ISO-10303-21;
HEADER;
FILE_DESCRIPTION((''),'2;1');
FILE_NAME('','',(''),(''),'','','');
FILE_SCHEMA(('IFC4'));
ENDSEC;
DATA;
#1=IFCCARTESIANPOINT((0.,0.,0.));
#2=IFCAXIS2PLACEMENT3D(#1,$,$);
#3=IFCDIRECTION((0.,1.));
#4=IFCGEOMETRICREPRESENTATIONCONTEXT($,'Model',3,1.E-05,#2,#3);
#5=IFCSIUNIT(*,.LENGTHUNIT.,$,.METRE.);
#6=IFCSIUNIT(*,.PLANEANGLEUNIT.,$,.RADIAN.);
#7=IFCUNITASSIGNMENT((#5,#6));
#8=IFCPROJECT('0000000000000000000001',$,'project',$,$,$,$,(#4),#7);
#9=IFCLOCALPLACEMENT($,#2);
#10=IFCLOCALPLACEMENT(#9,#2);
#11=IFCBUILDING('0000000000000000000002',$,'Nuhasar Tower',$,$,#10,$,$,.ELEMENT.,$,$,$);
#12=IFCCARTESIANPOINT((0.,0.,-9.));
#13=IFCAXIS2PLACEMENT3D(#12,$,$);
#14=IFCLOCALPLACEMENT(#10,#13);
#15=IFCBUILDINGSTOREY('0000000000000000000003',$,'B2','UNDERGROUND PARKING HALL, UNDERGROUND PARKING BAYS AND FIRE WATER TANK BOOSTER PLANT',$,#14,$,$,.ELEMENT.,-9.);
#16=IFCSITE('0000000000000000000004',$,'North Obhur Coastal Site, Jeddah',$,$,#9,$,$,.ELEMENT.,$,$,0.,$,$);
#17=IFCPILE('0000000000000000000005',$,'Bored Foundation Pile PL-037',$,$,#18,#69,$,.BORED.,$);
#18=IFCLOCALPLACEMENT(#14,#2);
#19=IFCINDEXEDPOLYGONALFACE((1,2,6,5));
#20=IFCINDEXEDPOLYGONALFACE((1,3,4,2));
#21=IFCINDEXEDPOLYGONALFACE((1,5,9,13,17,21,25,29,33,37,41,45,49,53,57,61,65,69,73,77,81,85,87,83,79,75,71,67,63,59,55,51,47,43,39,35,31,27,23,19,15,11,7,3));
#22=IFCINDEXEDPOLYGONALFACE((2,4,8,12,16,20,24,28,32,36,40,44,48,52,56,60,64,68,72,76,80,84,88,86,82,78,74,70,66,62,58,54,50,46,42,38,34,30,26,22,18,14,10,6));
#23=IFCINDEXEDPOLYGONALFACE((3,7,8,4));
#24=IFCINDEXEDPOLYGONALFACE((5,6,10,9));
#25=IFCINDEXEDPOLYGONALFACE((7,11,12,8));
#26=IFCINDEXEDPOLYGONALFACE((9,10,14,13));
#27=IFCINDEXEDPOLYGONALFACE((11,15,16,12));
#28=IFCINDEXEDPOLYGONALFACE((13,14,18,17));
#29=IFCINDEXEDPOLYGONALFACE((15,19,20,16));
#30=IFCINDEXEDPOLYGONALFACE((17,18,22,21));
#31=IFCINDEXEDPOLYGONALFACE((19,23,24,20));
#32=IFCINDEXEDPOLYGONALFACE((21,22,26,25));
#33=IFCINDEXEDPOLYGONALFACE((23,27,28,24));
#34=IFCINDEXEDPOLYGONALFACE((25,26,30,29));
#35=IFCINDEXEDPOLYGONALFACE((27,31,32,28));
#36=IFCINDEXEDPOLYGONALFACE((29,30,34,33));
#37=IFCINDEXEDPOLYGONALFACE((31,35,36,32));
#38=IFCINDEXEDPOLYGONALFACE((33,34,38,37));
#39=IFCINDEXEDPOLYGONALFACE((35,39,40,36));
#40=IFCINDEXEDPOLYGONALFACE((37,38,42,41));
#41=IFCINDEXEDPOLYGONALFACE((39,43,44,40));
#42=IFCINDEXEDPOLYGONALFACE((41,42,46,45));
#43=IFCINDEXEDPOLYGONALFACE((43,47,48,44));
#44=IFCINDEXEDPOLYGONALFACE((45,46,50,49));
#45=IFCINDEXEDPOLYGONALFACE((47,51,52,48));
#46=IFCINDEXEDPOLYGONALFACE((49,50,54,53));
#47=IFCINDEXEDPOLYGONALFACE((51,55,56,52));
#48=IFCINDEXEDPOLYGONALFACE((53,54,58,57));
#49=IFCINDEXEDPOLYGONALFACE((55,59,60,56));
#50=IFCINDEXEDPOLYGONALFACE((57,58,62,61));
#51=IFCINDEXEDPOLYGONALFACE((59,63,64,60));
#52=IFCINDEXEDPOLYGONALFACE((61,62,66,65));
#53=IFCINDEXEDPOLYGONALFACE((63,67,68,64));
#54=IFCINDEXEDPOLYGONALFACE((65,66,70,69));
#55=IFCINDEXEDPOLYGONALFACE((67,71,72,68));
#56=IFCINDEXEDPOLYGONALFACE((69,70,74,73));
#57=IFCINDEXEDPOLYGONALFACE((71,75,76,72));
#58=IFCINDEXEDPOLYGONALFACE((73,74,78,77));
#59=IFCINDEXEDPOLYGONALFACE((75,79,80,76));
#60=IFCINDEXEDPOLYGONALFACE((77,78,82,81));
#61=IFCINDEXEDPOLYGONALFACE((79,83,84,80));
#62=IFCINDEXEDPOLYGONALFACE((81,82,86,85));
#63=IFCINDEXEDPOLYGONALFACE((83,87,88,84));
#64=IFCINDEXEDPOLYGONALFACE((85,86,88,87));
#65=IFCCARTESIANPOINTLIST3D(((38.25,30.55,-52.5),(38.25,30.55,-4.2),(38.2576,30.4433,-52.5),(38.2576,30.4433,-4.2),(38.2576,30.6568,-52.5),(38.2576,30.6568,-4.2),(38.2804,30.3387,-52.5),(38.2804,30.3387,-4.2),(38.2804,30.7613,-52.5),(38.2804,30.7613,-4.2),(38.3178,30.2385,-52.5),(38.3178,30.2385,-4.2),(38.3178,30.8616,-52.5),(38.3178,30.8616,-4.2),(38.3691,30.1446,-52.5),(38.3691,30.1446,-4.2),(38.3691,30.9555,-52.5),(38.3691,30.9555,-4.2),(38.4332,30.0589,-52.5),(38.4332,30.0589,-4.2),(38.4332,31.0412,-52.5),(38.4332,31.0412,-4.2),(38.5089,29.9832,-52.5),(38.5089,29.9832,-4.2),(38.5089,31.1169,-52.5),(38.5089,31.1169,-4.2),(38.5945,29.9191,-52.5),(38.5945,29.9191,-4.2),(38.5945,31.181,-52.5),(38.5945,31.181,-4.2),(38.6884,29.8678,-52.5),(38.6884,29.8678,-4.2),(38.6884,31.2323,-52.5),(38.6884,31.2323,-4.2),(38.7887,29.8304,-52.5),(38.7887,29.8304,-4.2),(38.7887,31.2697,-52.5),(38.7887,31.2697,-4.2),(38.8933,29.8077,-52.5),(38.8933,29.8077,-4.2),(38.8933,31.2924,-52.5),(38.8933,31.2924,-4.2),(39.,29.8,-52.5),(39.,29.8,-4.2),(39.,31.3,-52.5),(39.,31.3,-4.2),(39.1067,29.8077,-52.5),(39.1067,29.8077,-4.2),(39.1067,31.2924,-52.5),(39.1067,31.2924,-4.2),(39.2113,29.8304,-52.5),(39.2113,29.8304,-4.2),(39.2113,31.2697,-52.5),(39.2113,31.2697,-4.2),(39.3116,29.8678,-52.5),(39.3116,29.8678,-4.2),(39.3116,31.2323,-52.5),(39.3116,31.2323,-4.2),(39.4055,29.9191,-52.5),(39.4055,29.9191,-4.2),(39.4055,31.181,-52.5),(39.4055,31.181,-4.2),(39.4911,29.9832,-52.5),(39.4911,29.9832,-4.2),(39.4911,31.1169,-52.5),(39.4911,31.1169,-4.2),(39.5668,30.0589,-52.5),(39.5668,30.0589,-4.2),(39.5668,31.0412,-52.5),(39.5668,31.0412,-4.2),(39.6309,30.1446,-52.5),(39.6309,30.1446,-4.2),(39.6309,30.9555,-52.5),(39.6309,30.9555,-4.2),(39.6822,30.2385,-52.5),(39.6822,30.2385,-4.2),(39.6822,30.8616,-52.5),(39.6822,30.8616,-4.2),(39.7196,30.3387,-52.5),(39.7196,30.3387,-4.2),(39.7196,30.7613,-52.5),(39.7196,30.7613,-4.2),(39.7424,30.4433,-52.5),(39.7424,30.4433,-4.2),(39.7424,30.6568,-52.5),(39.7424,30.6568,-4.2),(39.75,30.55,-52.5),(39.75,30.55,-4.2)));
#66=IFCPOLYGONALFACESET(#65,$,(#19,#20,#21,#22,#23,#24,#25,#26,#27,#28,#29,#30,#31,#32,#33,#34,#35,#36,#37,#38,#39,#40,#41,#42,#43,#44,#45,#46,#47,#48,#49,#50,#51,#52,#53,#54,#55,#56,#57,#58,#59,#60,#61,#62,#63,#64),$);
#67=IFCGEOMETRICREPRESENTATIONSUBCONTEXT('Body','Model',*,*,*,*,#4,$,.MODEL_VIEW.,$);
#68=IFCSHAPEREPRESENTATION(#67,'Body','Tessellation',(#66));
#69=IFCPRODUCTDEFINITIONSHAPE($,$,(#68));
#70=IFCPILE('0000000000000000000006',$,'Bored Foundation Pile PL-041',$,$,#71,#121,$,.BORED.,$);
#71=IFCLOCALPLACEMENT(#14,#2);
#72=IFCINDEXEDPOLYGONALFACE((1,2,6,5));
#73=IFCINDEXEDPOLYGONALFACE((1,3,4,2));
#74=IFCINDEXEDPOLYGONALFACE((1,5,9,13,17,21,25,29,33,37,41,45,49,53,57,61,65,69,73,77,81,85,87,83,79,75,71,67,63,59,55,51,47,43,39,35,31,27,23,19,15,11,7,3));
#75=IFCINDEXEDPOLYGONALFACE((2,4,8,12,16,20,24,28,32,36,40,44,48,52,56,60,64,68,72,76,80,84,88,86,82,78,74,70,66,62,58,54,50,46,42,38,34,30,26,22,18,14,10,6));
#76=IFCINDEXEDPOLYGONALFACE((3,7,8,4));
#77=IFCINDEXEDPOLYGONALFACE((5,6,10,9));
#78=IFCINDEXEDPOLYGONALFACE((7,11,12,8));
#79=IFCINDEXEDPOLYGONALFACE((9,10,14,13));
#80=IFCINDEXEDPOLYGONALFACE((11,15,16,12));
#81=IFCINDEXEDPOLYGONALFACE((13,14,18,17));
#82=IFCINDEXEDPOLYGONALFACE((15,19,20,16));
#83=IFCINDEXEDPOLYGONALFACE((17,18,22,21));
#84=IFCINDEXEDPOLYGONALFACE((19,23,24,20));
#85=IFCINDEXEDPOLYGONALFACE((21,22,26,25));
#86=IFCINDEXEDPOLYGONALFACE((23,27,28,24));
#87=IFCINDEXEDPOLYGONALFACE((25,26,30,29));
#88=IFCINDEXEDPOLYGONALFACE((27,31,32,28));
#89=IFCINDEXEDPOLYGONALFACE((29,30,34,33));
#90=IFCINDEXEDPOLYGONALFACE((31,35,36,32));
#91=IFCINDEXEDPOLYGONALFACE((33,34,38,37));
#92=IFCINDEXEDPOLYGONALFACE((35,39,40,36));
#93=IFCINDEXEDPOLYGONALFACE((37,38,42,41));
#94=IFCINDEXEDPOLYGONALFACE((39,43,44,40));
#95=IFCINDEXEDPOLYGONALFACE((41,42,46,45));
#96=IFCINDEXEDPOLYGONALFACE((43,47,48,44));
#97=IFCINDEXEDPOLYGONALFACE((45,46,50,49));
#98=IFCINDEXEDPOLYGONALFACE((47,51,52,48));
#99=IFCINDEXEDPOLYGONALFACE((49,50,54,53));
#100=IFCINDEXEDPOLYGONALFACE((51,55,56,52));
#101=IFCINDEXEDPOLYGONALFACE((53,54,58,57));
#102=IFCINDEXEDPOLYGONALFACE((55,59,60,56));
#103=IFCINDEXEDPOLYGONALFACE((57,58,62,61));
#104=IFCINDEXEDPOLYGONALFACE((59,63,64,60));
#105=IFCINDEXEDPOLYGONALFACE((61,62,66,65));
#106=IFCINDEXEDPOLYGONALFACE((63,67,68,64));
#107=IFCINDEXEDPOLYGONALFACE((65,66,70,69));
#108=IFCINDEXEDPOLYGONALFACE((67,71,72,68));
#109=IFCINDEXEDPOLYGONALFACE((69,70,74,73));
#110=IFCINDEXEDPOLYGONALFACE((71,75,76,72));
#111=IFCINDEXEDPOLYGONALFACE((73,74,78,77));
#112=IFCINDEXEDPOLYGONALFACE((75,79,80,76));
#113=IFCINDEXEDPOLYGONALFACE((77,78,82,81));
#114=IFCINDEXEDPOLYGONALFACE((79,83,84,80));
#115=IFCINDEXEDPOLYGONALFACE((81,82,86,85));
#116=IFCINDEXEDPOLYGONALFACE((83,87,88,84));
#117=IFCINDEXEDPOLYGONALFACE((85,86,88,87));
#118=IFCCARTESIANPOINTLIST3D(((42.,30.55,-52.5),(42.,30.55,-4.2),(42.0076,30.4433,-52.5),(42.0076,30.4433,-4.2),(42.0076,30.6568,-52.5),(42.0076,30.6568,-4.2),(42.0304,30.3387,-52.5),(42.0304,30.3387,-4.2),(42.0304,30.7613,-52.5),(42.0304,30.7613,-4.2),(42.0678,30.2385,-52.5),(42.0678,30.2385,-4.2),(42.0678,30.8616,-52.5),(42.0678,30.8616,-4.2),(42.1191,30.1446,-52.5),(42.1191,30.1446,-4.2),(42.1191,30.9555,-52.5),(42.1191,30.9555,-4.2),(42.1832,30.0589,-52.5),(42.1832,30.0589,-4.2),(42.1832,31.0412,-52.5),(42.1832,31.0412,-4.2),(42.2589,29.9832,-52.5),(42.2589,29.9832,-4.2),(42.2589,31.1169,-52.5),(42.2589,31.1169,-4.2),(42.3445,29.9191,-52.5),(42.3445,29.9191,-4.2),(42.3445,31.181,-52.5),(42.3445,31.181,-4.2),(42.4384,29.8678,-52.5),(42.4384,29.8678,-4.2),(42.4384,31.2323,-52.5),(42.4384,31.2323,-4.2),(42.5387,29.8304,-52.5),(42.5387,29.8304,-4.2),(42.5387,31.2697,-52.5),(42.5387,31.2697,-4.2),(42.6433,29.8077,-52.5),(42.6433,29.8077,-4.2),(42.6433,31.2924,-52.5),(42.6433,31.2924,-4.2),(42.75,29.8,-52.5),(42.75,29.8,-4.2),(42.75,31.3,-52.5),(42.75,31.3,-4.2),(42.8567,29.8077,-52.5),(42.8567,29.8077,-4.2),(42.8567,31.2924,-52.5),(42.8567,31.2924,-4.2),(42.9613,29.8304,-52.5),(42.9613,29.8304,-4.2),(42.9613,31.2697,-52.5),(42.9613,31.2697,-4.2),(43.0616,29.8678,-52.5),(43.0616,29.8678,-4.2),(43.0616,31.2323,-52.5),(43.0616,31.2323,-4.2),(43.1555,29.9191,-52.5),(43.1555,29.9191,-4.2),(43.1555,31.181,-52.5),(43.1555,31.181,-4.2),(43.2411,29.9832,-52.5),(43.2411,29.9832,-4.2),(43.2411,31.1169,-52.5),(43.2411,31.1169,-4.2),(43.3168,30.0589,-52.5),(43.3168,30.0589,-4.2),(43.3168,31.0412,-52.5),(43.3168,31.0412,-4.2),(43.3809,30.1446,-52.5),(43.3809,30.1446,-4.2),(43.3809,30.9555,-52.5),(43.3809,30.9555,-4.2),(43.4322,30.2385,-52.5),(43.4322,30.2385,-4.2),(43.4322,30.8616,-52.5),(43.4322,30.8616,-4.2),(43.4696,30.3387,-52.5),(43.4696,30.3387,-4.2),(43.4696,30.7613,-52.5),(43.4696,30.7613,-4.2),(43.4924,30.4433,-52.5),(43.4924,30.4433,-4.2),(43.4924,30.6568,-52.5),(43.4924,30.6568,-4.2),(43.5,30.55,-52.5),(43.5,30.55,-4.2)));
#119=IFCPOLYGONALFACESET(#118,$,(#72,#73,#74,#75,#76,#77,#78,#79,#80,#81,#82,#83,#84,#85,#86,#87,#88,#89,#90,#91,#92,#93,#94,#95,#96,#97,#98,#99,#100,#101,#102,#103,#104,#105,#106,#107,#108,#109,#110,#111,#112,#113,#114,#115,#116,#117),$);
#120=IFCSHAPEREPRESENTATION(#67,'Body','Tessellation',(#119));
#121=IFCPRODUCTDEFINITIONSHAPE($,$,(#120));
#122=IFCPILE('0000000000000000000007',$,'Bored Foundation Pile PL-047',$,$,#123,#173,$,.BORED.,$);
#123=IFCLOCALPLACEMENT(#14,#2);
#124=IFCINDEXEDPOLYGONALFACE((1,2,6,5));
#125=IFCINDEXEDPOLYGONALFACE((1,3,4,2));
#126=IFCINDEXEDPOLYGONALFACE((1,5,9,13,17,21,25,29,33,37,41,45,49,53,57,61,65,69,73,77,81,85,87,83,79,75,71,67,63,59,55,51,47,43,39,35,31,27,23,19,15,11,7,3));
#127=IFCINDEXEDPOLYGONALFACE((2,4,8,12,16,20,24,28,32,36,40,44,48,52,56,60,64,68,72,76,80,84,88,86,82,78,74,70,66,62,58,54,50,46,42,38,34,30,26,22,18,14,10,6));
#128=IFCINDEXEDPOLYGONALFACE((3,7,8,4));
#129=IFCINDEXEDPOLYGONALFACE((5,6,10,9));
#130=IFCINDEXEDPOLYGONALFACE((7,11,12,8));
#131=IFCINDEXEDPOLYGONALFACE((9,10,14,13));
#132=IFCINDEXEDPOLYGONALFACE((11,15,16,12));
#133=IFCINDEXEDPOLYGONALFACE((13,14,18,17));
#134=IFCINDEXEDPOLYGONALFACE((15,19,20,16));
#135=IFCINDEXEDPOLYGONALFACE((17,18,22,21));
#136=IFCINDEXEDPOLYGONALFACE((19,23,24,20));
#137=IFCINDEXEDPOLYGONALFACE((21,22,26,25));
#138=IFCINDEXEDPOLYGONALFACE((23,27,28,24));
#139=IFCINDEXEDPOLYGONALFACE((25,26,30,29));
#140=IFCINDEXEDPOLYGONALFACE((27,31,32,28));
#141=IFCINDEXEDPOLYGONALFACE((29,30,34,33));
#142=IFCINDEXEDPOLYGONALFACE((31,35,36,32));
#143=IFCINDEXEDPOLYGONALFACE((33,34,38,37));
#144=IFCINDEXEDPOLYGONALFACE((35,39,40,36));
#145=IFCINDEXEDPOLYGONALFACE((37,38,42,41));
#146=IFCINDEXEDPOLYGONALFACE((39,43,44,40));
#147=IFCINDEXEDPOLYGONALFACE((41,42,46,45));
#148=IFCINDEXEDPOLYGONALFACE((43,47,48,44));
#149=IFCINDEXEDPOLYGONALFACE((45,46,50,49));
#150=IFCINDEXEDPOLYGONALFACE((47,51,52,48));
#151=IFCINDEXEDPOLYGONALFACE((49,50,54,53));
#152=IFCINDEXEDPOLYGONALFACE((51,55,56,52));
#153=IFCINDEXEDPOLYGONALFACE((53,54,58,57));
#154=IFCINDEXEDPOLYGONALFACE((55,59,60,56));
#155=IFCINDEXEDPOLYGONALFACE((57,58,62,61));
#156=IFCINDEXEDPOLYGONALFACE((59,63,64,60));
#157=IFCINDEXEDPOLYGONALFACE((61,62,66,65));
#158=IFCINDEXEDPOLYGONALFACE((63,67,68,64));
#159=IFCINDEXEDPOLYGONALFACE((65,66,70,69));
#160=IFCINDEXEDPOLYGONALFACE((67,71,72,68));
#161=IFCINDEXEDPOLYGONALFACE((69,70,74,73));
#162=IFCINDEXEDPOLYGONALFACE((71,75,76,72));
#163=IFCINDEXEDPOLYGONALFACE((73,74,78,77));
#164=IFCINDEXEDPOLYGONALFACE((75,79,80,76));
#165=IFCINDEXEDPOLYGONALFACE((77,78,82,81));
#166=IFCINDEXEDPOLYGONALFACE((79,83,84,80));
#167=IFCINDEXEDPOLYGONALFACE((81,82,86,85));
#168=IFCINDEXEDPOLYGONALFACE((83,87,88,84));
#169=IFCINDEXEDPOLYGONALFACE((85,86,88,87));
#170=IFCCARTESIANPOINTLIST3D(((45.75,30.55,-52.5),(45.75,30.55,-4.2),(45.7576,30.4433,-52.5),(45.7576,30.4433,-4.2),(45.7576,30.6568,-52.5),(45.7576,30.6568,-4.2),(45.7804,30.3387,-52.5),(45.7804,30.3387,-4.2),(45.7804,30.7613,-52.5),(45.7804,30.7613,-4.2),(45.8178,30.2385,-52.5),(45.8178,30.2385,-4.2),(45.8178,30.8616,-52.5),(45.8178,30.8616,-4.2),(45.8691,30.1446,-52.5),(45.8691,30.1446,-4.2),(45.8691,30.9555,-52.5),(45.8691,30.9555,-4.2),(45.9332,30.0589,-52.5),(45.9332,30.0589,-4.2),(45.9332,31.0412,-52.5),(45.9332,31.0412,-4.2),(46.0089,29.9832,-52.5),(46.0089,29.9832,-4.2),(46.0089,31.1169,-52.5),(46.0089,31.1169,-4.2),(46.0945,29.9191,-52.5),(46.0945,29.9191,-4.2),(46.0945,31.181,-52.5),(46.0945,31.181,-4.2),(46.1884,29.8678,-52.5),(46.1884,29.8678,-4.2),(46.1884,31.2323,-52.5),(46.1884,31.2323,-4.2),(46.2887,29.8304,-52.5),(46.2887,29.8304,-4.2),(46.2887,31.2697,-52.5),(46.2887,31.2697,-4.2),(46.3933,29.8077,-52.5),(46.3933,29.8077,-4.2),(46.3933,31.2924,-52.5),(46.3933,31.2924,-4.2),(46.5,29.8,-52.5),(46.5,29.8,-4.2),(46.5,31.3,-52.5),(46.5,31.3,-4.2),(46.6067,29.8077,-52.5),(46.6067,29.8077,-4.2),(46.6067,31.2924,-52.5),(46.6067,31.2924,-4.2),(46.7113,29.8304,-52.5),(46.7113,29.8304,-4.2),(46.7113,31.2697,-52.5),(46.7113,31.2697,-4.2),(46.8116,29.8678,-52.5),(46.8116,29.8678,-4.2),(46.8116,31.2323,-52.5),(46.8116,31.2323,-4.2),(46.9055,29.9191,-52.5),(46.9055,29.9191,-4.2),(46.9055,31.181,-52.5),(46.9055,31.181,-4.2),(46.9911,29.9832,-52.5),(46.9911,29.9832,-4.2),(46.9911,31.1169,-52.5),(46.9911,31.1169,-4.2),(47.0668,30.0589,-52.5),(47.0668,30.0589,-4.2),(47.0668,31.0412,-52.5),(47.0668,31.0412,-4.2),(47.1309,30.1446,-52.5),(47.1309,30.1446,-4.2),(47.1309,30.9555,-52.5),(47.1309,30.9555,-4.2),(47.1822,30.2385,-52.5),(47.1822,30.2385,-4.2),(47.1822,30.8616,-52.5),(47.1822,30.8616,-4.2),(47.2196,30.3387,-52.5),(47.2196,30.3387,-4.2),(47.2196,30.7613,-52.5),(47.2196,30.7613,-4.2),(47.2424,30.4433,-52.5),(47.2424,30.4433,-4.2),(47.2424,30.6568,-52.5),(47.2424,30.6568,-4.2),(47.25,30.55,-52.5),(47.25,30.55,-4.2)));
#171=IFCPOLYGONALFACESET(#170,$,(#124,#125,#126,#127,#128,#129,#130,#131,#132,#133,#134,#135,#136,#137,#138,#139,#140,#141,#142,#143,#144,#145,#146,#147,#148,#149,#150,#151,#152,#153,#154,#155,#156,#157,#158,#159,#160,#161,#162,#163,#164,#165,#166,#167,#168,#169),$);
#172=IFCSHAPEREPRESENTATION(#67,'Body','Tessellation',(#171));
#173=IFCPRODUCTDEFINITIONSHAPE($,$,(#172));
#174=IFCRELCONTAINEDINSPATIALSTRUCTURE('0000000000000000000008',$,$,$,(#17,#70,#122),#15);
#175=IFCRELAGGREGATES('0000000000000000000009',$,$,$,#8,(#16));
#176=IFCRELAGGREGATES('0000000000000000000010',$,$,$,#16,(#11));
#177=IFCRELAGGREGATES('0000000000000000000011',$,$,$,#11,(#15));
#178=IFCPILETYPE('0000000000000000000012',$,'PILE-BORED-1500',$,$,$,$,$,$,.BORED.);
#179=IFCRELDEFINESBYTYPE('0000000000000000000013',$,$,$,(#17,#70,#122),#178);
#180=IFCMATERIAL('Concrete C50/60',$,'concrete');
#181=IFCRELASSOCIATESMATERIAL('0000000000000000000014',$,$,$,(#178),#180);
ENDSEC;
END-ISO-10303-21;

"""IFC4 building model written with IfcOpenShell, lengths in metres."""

from ifc_helpers import new_model, si_unit, direction, frame, origin, origin_2d, place, context, subcontext, project, spatial, circle, extrude, material, material_profile, profile_set, type_object, element, save


model = new_model("IFC4")

# Units and contexts
model_context = context("Model", 3, precision=1e-05, world=origin(), true_north=direction((0.0, 1.0)))
body_context = subcontext(model_context, "Body", "Model", "MODEL_VIEW")
ifc_project = project(units=[si_unit("LENGTHUNIT", "METRE"), si_unit("PLANEANGLEUNIT", "RADIAN")], contexts=[model_context])

# Site, building, storey
site_placement = place(None, origin())
site = spatial("IfcSite", under=ifc_project, at=site_placement, Name="North Obhur Coastal Site, Jeddah", CompositionType="ELEMENT", RefElevation=0.0)
building_placement = place(site_placement, origin())
building = spatial("IfcBuilding", under=site, at=building_placement, Name="Nuhasar Tower", CompositionType="ELEMENT")
storey_placement = place(building_placement, frame((0.0, 0.0, -9.0)))
storey = spatial("IfcBuildingStorey", under=building, at=storey_placement, Name="B2", Description="UNDERGROUND PARKING HALL, UNDERGROUND PARKING BAYS AND FIRE WATER TANK BOOSTER PLANT", CompositionType="ELEMENT", Elevation=-9.0)

# Piles
ifc_material_1 = material(Name="Concrete C50/60", Category="concrete")
ifc_material_profile_1 = material_profile(ifc_material_1, circle(Radius=0.75, at=origin_2d()), Name="PILE1500")
ifc_profile_set_1 = profile_set([ifc_material_profile_1], Name="Concrete C50/60")
pile_type = type_object("IfcPileType", Name="PILE-BORED-1500", PredefinedType="BORED", material=ifc_profile_set_1)
for number, where, z_axis, x_axis, name in (
    (1, (39.0, 30.55, -4.2), (0.0, 0.0, -1.0), (1.0, 0.0, 0.0), "Bored Foundation Pile PL-037"),
    (2, (42.75, 30.55, -4.2), (0.0, 0.0, -1.0), (1.0, 0.0, 0.0), "Bored Foundation Pile PL-041"),
    (3, (46.5, 30.55, -4.2), (0.0, 0.0, -1.0), (1.0, 0.0, 0.0), "Bored Foundation Pile PL-047"),
):
    element("IfcPile", number, at=place(storey_placement, frame(where, z_axis=z_axis, x_axis=x_axis)), inside=storey, type_object=pile_type, Name=name, PredefinedType="BORED", context=body_context, shape_type="SweptSolid", body=[
        extrude(circle(Radius=0.75, at=origin_2d()), origin(), (0.0, 0.0, 1.0), 48.3),
    ])

save(model, "model.ifc")
